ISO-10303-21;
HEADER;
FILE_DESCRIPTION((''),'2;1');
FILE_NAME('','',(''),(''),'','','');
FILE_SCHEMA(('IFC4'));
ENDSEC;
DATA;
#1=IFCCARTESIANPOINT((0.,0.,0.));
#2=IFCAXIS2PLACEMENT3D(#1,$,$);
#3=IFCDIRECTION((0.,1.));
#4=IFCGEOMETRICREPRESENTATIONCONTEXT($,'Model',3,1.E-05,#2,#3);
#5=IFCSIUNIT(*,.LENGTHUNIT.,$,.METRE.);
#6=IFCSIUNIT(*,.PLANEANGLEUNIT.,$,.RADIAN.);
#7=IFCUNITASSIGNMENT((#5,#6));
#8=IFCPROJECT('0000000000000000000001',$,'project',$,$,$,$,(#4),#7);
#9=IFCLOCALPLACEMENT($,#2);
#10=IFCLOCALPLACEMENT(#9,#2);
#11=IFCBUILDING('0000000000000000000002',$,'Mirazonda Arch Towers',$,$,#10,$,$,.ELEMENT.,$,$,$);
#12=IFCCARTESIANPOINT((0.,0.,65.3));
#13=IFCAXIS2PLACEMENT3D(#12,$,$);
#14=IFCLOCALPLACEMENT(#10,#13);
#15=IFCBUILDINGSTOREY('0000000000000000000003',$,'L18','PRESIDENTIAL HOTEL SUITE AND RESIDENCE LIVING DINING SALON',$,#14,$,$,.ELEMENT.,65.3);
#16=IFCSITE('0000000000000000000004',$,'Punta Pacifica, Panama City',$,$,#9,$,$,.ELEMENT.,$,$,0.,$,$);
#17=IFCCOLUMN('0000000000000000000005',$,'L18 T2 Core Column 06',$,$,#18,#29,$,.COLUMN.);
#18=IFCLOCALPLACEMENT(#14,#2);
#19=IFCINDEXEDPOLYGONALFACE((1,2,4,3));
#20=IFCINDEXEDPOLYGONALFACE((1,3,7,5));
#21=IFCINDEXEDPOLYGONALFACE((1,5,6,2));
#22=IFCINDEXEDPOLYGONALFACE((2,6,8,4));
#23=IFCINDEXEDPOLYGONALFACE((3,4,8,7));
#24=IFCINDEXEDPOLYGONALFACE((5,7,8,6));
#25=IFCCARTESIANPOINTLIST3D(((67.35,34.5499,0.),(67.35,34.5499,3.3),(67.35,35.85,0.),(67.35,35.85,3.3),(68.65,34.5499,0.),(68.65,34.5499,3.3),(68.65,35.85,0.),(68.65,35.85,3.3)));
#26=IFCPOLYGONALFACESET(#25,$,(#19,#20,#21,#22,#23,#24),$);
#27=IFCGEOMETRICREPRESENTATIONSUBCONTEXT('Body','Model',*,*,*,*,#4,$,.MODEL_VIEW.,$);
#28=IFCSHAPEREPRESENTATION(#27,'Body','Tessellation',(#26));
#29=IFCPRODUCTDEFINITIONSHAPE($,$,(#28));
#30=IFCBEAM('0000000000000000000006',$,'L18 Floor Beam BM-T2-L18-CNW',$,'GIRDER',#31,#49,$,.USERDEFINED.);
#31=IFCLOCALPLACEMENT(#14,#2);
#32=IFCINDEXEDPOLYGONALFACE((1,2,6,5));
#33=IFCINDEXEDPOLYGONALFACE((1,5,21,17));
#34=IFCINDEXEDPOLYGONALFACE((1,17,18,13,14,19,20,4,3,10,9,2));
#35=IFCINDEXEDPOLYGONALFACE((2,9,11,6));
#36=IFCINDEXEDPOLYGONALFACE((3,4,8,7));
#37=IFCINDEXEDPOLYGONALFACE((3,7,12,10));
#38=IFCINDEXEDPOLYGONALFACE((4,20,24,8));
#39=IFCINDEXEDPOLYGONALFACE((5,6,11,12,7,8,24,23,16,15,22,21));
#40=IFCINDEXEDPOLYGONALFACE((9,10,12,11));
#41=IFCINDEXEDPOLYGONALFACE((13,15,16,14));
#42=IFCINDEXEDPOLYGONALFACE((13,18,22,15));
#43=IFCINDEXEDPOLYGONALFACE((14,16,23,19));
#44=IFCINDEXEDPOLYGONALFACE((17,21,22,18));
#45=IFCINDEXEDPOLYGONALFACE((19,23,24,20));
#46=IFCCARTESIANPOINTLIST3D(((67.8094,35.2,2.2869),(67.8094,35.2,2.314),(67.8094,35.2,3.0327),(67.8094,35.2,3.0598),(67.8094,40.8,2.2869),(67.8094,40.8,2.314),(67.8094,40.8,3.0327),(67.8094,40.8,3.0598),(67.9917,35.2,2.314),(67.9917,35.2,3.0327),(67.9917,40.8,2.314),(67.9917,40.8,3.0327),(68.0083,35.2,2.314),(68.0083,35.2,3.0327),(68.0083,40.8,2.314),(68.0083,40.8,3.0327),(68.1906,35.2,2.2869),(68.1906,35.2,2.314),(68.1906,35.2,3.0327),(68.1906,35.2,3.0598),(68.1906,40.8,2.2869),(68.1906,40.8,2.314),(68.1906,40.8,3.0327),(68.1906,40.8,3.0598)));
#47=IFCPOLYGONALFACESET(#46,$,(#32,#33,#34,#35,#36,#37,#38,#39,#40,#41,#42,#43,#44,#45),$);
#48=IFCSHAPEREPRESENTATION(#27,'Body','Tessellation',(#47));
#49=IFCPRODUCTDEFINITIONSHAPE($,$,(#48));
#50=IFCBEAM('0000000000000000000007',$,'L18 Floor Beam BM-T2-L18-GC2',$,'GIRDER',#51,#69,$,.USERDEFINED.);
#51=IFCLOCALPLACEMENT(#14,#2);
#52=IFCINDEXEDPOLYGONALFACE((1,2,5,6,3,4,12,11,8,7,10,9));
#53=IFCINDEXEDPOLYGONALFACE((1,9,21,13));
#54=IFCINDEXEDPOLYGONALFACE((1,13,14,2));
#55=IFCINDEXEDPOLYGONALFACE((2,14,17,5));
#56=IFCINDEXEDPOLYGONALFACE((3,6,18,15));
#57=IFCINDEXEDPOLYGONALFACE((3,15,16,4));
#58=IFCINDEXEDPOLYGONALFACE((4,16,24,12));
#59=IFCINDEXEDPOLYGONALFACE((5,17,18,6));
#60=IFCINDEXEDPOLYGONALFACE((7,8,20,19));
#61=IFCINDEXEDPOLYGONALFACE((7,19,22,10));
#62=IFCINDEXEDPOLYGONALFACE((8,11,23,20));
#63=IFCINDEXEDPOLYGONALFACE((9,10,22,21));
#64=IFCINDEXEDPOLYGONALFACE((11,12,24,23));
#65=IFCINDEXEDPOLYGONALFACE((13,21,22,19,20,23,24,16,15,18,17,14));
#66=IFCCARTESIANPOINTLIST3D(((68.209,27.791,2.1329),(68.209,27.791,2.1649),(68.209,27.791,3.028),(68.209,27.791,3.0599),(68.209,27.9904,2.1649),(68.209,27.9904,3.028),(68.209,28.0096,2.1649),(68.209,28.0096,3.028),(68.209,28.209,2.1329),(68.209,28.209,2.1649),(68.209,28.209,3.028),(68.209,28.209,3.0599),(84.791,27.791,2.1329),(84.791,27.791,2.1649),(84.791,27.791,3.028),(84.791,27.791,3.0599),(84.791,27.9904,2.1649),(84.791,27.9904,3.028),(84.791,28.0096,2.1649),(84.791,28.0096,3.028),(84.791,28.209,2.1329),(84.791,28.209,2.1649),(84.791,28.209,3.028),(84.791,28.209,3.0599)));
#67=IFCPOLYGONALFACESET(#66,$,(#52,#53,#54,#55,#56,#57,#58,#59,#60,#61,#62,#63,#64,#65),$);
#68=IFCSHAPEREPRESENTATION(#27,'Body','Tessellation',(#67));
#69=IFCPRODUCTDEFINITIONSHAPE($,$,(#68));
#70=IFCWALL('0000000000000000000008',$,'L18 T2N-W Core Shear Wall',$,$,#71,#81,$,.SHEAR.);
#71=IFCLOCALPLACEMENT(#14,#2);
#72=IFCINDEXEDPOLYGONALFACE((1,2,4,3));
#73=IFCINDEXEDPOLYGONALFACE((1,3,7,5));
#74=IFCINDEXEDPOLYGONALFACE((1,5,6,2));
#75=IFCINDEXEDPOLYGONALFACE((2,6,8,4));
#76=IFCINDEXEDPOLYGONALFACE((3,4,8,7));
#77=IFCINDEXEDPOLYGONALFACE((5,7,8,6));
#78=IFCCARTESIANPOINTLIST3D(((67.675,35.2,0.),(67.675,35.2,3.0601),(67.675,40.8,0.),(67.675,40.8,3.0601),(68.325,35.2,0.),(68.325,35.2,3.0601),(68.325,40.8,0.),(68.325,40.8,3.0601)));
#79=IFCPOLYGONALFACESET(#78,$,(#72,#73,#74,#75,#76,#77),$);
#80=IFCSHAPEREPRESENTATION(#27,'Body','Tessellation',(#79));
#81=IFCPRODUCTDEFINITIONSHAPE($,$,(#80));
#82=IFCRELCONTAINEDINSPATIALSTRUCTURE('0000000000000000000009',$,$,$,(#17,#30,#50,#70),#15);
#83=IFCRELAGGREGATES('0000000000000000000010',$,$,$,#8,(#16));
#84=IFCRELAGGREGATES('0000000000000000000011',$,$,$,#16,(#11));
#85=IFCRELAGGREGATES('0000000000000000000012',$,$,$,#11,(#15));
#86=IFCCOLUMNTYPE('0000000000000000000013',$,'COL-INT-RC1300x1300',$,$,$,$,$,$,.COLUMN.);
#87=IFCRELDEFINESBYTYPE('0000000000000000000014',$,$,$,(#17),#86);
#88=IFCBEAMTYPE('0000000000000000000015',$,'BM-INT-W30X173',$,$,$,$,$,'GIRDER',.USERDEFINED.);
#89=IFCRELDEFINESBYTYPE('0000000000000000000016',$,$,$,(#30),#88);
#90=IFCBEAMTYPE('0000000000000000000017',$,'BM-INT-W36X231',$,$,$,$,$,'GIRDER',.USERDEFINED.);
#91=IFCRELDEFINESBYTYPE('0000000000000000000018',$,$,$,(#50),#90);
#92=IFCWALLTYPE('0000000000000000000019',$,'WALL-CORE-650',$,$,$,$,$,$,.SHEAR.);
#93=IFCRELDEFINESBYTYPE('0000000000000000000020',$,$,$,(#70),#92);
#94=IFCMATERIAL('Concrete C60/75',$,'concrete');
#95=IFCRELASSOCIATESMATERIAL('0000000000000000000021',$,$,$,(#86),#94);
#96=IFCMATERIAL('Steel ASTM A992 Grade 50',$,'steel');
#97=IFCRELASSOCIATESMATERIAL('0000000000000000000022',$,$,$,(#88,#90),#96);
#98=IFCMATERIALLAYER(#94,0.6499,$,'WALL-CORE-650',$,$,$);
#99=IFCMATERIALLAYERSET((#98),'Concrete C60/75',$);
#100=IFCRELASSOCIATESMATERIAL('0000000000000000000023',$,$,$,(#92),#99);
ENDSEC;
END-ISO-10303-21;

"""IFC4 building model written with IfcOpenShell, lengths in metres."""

from ifc_helpers import new_model, si_unit, direction, frame, frame_2d, origin, origin_2d, place, context, subcontext, project, spatial, rectangle, i_section, extrude, material, layer, layer_set, material_profile, profile_set, type_object, element, save


model = new_model("IFC4")

# Units and contexts
model_context = context("Model", 3, precision=1e-05, world=origin(), true_north=direction((0.0, 1.0)))
body_context = subcontext(model_context, "Body", "Model", "MODEL_VIEW")
ifc_project = project(units=[si_unit("LENGTHUNIT", "METRE"), si_unit("PLANEANGLEUNIT", "RADIAN")], contexts=[model_context])

# Site, building, storey
site_placement = place(None, origin())
site = spatial("IfcSite", under=ifc_project, at=site_placement, Name="Punta Pacifica, Panama City", CompositionType="ELEMENT", RefElevation=0.0)
building_placement = place(site_placement, origin())
building = spatial("IfcBuilding", under=site, at=building_placement, Name="Mirazonda Arch Towers", CompositionType="ELEMENT")
storey_placement = place(building_placement, frame((0.0, 0.0, 65.3)))
storey = spatial("IfcBuildingStorey", under=building, at=storey_placement, Name="L18", Description="PRESIDENTIAL HOTEL SUITE AND RESIDENCE LIVING DINING SALON", CompositionType="ELEMENT", Elevation=65.3)

# Column
ifc_material_1 = material(Name="Concrete C60/75", Category="concrete")
ifc_material_profile_1 = material_profile(ifc_material_1, rectangle(XDim=1.3, YDim=1.3, at=origin_2d()), Name="RC1300x1300")
ifc_profile_set_1 = profile_set([ifc_material_profile_1], Name="Concrete C60/75")
column_type = type_object("IfcColumnType", Name="COL-INT-RC1300x1300", PredefinedType="COLUMN", material=ifc_profile_set_1)
column_placement = place(storey_placement, frame((68.0, 35.2, 0.0), z_axis=(0.0, 0.0, 1.0), x_axis=(1.0, 0.0, 0.0)))
element("IfcColumn", 1, at=column_placement, inside=storey, type_object=column_type, Name="L18 T2 Core Column 06", PredefinedType="COLUMN", context=body_context, shape_type="SweptSolid", body=[
    extrude(rectangle(XDim=1.3, YDim=1.3, at=origin_2d()), origin(), (0.0, 0.0, 1.0), 3.3),
])

# Beams
ifc_material_2 = material(Name="Steel ASTM A992 Grade 50", Category="steel")
ifc_material_profile_2 = material_profile(ifc_material_2, i_section(OverallWidth=0.3811, OverallDepth=0.7729, WebThickness=0.0166, FlangeThickness=0.0271, at=origin_2d()), Name="W30X173")
ifc_profile_set_2 = profile_set([ifc_material_profile_2], Name="Steel ASTM A992 Grade 50")
beam_type_1 = type_object("IfcBeamType", Name="BM-INT-W30X173", ElementType="GIRDER", PredefinedType="USERDEFINED", material=ifc_profile_set_2)
beam_1_placement = place(storey_placement, frame((68.0, 35.2, 2.6733), z_axis=(0.0, 1.0, 0.0), x_axis=(-1.0, 0.0, 0.0)))
element("IfcBeam", 2, at=beam_1_placement, inside=storey, type_object=beam_type_1, Name="L18 Floor Beam BM-T2-L18-CNW", ObjectType="GIRDER", PredefinedType="USERDEFINED", context=body_context, shape_type="SweptSolid", body=[
    extrude(i_section(OverallWidth=0.3811, OverallDepth=0.7729, WebThickness=0.0166, FlangeThickness=0.0271, at=origin_2d()), origin(), (0.0, 0.0, 1.0), 5.6001),
])
ifc_material_profile_3 = material_profile(ifc_material_2, i_section(OverallWidth=0.418, OverallDepth=0.927, WebThickness=0.0193, FlangeThickness=0.032, at=origin_2d()), Name="W36X231")
ifc_profile_set_3 = profile_set([ifc_material_profile_3], Name="Steel ASTM A992 Grade 50")
beam_type_2 = type_object("IfcBeamType", Name="BM-INT-W36X231", ElementType="GIRDER", PredefinedType="USERDEFINED", material=ifc_profile_set_3)
beam_2_placement = place(storey_placement, frame((68.209, 28.0, 2.5964), z_axis=(1.0, 0.0, 0.0), x_axis=(0.0, 1.0, 0.0)))
element("IfcBeam", 3, at=beam_2_placement, inside=storey, type_object=beam_type_2, Name="L18 Floor Beam BM-T2-L18-GC2", ObjectType="GIRDER", PredefinedType="USERDEFINED", context=body_context, shape_type="SweptSolid", body=[
    extrude(i_section(OverallWidth=0.418, OverallDepth=0.927, WebThickness=0.0193, FlangeThickness=0.032, at=origin_2d()), origin(), (0.0, 0.0, 1.0), 16.582),
])

# Wall
ifc_layer_1 = layer(ifc_material_1, 0.6499, Name="WALL-CORE-650")
ifc_layer_set_1 = layer_set([ifc_layer_1], Name="Concrete C60/75")
wall_type_1 = type_object("IfcWallType", Name="WALL-CORE-650", PredefinedType="SHEAR", material=ifc_layer_set_1)
wall_1_placement = place(storey_placement, frame((68.0, 35.2, 0.0), z_axis=(0.0, 0.0, 1.0), x_axis=(0.0, 1.0, 0.0)))
element("IfcWall", 4, at=wall_1_placement, inside=storey, type_object=wall_type_1, Name="L18 T2N-W Core Shear Wall", PredefinedType="SHEAR", context=body_context, shape_type="SweptSolid", body=[
    extrude(rectangle(XDim=5.6001, YDim=0.6499, at=frame_2d((2.8, 0.0))), origin(), (0.0, 0.0, 1.0), 3.0601),
])

save(model, "model.ifc")
